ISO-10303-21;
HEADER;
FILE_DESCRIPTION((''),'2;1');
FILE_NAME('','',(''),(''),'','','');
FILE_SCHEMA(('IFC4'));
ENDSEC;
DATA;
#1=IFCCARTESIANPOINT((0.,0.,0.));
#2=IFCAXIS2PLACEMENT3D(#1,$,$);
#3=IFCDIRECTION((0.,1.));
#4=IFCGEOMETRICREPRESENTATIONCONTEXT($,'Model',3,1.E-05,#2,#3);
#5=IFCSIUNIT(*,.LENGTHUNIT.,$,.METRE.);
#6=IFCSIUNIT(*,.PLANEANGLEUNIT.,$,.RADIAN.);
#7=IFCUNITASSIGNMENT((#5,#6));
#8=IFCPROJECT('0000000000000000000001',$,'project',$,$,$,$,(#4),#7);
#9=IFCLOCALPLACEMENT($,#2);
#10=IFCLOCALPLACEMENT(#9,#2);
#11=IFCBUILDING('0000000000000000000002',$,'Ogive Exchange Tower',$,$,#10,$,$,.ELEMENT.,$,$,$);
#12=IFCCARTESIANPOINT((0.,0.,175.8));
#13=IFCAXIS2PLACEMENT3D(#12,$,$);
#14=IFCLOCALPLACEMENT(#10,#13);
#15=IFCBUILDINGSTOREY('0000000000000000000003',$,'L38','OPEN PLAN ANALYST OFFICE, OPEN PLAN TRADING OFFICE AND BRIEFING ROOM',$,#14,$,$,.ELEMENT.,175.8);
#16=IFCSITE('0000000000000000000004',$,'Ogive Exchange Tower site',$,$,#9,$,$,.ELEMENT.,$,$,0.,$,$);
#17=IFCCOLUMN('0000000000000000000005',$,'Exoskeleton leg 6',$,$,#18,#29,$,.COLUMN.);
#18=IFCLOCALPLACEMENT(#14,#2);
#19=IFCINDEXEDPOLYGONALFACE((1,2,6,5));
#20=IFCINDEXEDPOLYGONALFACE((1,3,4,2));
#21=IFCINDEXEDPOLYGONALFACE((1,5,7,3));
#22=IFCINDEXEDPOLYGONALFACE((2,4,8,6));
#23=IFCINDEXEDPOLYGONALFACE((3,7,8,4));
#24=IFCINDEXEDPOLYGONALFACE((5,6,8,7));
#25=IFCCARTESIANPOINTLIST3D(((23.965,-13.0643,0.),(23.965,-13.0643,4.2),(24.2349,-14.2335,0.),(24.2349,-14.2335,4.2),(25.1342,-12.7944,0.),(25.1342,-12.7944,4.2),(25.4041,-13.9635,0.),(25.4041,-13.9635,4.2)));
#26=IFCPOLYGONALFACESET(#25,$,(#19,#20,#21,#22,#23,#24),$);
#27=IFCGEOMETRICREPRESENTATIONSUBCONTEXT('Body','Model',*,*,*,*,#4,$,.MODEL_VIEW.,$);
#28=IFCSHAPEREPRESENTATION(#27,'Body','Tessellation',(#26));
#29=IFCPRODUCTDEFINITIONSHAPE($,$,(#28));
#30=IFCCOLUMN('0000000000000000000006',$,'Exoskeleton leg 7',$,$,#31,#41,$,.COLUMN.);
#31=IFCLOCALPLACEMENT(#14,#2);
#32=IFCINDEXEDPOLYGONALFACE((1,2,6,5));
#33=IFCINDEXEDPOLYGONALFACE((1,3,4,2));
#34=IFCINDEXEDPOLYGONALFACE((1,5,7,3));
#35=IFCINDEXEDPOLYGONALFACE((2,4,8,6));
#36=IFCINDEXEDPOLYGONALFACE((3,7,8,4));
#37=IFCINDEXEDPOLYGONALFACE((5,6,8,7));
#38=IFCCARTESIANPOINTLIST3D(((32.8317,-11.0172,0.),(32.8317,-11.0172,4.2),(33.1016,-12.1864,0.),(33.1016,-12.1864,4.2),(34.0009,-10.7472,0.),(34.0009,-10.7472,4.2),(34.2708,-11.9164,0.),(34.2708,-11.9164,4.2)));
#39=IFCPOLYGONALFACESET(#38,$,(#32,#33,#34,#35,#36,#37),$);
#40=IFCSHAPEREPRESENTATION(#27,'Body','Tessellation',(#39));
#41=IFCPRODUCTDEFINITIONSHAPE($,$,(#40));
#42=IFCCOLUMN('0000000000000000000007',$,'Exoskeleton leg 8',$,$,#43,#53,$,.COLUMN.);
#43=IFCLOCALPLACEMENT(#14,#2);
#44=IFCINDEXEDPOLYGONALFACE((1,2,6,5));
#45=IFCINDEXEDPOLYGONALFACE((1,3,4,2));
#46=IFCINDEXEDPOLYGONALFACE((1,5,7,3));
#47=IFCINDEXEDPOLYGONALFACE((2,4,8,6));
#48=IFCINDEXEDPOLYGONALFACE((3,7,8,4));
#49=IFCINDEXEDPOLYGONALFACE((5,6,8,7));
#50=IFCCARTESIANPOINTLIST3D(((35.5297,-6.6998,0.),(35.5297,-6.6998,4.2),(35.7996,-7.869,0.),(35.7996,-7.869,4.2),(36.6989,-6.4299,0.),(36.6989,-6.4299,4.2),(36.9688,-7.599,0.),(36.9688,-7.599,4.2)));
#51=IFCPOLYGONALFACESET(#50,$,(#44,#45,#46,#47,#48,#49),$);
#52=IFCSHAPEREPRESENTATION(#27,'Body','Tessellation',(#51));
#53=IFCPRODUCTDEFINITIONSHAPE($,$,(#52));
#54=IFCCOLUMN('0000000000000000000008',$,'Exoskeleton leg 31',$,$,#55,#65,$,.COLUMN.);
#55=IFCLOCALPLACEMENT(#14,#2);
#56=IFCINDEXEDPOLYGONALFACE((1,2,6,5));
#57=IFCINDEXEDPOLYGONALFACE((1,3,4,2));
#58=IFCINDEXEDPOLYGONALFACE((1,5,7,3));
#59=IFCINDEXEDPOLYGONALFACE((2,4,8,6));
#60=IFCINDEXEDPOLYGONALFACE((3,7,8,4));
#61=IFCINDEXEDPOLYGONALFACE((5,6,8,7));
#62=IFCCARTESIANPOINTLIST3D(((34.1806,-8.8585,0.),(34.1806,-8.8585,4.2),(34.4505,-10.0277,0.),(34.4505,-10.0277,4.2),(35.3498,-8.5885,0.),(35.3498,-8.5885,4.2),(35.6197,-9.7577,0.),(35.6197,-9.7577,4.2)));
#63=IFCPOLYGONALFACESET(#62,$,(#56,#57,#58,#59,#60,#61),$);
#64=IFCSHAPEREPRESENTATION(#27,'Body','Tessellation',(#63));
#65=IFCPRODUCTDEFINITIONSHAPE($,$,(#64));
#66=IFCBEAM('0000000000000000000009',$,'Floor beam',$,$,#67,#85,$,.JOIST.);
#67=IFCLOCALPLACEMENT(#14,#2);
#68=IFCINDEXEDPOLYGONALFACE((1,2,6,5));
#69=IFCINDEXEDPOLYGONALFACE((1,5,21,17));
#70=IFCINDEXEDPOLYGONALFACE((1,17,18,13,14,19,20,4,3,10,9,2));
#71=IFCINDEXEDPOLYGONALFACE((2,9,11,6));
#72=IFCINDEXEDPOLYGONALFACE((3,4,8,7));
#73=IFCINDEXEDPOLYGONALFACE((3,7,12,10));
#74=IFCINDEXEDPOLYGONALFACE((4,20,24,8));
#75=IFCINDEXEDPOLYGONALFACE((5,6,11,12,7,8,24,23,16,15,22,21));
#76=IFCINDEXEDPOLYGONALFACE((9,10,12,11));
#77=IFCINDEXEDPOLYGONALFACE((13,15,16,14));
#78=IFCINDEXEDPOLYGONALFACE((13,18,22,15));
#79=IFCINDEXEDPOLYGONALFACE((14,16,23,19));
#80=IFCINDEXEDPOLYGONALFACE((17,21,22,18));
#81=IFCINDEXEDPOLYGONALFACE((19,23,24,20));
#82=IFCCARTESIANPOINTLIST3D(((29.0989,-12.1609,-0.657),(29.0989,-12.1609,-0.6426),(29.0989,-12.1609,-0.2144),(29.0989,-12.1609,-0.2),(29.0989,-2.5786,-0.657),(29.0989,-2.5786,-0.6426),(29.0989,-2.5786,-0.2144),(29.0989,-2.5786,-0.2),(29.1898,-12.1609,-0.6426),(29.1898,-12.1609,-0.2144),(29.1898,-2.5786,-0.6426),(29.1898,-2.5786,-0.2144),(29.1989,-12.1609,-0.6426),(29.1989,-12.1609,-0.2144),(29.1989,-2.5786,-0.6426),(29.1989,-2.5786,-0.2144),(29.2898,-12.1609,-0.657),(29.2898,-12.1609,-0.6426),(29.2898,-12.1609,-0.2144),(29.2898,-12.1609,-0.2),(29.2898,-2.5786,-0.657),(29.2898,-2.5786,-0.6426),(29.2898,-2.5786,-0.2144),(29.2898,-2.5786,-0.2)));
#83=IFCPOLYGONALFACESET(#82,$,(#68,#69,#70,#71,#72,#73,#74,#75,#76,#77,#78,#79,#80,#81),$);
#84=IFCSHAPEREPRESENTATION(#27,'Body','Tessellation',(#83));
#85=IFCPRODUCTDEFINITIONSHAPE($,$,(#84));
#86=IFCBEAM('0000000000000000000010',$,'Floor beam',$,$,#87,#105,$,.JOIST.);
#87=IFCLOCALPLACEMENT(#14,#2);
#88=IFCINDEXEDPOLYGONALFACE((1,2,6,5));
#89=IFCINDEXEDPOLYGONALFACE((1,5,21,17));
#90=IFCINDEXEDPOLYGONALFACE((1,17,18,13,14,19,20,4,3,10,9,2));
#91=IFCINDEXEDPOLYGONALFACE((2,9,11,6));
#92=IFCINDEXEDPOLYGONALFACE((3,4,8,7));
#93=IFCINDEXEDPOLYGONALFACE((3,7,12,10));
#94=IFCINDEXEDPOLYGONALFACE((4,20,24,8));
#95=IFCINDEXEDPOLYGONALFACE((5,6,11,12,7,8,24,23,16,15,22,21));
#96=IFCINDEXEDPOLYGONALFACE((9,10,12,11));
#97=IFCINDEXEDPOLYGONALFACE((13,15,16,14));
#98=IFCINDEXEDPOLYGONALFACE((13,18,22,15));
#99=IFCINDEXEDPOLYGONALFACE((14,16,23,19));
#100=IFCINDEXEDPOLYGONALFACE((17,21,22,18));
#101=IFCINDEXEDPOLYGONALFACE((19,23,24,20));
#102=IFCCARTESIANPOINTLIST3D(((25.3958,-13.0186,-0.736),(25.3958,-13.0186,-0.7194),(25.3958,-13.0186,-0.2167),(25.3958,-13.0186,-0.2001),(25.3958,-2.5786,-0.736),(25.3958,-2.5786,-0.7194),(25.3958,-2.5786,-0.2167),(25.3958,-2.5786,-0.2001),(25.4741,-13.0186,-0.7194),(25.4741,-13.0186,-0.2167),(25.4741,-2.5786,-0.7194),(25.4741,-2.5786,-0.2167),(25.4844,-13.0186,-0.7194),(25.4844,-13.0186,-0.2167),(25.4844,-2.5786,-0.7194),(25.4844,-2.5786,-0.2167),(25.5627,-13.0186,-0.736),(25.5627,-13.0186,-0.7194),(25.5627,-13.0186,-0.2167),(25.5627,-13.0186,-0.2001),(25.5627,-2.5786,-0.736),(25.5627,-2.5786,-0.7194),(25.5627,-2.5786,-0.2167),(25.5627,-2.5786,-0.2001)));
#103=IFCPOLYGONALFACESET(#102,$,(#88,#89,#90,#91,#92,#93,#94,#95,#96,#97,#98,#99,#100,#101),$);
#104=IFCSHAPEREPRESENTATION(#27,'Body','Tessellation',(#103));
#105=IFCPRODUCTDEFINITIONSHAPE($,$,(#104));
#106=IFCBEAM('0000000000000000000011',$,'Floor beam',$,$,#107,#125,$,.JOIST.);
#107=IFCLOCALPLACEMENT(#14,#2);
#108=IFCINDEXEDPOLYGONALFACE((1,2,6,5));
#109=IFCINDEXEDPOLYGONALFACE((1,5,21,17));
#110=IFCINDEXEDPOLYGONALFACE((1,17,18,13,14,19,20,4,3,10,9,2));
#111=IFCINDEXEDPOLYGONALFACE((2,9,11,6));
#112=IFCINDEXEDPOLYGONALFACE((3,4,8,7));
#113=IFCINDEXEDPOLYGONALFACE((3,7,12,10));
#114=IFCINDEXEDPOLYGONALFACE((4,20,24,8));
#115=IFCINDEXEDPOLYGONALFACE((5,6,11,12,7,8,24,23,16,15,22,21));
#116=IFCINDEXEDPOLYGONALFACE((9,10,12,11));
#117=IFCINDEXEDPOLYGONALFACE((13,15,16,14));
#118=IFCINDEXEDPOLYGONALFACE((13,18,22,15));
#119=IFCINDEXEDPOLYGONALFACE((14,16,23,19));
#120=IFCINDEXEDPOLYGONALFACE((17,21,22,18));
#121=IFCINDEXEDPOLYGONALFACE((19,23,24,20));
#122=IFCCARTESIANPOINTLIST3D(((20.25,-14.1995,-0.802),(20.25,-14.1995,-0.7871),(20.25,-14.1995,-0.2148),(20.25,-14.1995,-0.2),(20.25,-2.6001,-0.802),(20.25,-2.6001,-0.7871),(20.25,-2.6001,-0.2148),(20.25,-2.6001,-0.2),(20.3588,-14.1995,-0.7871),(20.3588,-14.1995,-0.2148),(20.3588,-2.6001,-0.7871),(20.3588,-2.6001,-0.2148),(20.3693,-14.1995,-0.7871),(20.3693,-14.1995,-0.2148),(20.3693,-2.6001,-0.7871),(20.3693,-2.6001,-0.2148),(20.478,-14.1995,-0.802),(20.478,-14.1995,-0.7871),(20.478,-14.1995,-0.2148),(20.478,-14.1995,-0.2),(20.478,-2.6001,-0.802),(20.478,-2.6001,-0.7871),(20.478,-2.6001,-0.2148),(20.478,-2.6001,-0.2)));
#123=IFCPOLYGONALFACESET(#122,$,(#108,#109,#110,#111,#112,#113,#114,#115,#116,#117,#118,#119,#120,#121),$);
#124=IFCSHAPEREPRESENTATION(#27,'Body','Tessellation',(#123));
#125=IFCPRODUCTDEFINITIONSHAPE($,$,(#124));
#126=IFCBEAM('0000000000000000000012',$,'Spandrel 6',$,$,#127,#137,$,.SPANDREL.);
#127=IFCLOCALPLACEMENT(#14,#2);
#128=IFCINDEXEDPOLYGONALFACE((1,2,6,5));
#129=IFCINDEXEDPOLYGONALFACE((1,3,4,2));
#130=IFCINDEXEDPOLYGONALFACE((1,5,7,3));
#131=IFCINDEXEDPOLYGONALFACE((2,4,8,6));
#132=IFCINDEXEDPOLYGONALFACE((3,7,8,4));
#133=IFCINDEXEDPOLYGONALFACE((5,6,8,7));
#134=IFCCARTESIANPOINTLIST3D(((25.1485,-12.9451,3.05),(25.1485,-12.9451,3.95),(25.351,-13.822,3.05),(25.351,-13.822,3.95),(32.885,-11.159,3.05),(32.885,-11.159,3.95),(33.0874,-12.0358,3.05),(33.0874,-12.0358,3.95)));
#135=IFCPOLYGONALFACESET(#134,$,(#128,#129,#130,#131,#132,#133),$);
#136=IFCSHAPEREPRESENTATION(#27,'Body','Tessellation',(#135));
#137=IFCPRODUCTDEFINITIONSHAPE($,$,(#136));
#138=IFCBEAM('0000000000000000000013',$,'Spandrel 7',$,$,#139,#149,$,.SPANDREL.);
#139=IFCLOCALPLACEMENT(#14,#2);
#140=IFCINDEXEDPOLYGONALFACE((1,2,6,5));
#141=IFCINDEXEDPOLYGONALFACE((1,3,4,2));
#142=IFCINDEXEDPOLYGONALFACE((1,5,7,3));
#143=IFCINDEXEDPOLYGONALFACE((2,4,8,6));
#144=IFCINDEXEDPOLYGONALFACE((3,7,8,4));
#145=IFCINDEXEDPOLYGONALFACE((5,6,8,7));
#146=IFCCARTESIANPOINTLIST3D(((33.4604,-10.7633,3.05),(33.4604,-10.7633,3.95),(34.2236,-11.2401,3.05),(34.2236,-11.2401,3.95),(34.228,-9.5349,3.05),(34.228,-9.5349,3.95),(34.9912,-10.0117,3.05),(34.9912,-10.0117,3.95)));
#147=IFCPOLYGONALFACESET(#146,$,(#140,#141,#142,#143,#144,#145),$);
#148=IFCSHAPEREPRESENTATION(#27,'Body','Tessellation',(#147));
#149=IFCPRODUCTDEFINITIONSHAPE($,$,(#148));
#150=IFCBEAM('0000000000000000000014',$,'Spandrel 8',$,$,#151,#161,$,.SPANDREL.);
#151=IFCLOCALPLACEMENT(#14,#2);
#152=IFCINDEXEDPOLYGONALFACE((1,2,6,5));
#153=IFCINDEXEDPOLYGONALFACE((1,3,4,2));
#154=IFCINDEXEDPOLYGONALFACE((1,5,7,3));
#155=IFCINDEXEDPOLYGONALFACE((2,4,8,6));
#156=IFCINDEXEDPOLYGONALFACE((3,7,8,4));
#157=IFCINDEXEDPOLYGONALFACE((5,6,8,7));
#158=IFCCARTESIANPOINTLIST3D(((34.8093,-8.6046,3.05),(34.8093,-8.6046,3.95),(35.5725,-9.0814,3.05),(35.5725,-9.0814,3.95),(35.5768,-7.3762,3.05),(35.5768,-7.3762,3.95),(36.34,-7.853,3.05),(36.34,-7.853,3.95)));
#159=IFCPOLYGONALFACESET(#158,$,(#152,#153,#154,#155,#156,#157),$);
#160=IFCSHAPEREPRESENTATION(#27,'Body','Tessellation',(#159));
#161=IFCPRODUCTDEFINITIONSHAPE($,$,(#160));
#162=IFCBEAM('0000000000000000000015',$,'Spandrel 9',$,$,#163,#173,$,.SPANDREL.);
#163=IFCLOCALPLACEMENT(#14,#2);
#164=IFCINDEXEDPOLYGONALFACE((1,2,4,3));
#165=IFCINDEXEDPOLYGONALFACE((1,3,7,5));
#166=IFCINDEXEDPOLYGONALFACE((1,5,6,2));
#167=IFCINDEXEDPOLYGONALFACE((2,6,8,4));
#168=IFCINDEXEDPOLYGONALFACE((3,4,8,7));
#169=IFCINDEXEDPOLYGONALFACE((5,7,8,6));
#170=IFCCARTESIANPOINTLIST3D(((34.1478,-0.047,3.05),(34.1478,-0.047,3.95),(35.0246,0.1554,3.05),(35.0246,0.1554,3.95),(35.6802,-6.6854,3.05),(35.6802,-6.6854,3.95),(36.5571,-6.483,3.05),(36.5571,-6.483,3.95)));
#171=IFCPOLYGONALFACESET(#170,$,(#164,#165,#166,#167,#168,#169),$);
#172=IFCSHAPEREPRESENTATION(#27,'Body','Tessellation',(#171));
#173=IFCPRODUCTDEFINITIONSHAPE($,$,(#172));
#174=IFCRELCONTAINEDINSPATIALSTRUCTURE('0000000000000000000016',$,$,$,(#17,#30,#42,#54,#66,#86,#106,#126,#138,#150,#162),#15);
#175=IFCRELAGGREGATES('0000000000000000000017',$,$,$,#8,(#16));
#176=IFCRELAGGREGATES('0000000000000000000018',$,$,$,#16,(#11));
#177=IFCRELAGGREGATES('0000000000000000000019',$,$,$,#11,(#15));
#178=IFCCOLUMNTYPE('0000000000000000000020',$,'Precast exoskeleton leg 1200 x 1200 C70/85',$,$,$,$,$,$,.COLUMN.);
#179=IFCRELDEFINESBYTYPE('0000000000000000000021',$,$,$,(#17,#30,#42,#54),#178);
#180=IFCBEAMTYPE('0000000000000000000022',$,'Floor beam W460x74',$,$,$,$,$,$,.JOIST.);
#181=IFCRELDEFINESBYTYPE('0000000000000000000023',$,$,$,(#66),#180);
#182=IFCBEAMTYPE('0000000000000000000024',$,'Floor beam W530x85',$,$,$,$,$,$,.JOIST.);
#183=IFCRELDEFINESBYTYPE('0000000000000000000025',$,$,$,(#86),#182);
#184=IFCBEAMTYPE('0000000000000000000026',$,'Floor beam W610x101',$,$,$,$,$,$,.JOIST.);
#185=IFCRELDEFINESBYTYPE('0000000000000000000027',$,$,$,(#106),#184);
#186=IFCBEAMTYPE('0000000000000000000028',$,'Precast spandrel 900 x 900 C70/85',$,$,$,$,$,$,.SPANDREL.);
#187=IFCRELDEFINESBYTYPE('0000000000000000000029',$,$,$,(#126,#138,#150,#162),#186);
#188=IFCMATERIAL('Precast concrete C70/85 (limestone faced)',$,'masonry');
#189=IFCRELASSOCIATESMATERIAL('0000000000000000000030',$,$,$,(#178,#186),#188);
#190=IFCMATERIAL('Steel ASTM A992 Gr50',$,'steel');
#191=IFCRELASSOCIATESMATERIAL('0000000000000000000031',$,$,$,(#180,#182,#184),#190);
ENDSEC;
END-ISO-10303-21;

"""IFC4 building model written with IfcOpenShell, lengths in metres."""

from ifc_helpers import new_model, si_unit, direction, frame, origin, origin_2d, place, context, subcontext, project, spatial, rectangle, i_section, extrude, material, material_profile, profile_set, type_object, element, save


model = new_model("IFC4")

# Units and contexts
model_context = context("Model", 3, precision=1e-05, world=origin(), true_north=direction((0.0, 1.0)))
body_context = subcontext(model_context, "Body", "Model", "MODEL_VIEW")
ifc_project = project(units=[si_unit("LENGTHUNIT", "METRE"), si_unit("PLANEANGLEUNIT", "RADIAN")], contexts=[model_context])

# Site, building, storey
site_placement = place(None, origin())
site = spatial("IfcSite", under=ifc_project, at=site_placement, Name="Ogive Exchange Tower site", CompositionType="ELEMENT", RefElevation=0.0)
building_placement = place(site_placement, origin())
building = spatial("IfcBuilding", under=site, at=building_placement, Name="Ogive Exchange Tower", CompositionType="ELEMENT")
storey_placement = place(building_placement, frame((0.0, 0.0, 175.8)))
storey = spatial("IfcBuildingStorey", under=building, at=storey_placement, Name="L38", Description="OPEN PLAN ANALYST OFFICE, OPEN PLAN TRADING OFFICE AND BRIEFING ROOM", CompositionType="ELEMENT", Elevation=175.8)

# Columns
ifc_material_1 = material(Name="Precast concrete C70/85 (limestone faced)", Category="masonry")
ifc_material_profile_1 = material_profile(ifc_material_1, rectangle(XDim=1.2, YDim=1.2, at=origin_2d()), Name="1200 x 1200")
ifc_profile_set_1 = profile_set([ifc_material_profile_1], Name="Precast concrete C70/85 (limestone faced)")
column_type = type_object("IfcColumnType", Name="Precast exoskeleton leg 1200 x 1200 C70/85", PredefinedType="COLUMN", material=ifc_profile_set_1)
for number, where, z_axis, x_axis, name in (
    (1, (24.6846, -13.5139, 0.0), (0.0, 0.0, 1.0), (0.97437, 0.224951, 0.0), "Exoskeleton leg 6"),
    (2, (33.5513, -11.4668, 0.0), (0.0, 0.0, 1.0), (0.97437, 0.224951, 0.0), "Exoskeleton leg 7"),
    (3, (36.2493, -7.1494, 0.0), (0.0, 0.0, 1.0), (0.97437, 0.224951, 0.0), "Exoskeleton leg 8"),
    (4, (34.9001, -9.3081, 0.0), (0.0, 0.0, 1.0), (0.97437, 0.224951, 0.0), "Exoskeleton leg 31"),
):
    element("IfcColumn", number, at=place(storey_placement, frame(where, z_axis=z_axis, x_axis=x_axis)), inside=storey, type_object=column_type, Name=name, PredefinedType="COLUMN", context=body_context, shape_type="SweptSolid", body=[
        extrude(rectangle(XDim=1.2, YDim=1.2, at=origin_2d()), origin(), (0.0, 0.0, 1.0), 4.2),
    ])

# Beams
ifc_material_2 = material(Name="Steel ASTM A992 Gr50", Category="steel")
ifc_material_profile_2 = material_profile(ifc_material_2, i_section(OverallWidth=0.1909, OverallDepth=0.457, WebThickness=0.009, FlangeThickness=0.0144, at=origin_2d()), Name="W460x74")
ifc_profile_set_2 = profile_set([ifc_material_profile_2], Name="Steel ASTM A992 Gr50")
beam_type_1 = type_object("IfcBeamType", Name="Floor beam W460x74", PredefinedType="JOIST", material=ifc_profile_set_2)
beam_1_placement = place(storey_placement, frame((29.1943, -12.1609, -0.4285), z_axis=(0.0, 1.0, 0.0), x_axis=(-1.0, 0.0, 0.0)))
element("IfcBeam", 5, at=beam_1_placement, inside=storey, type_object=beam_type_1, Name="Floor beam", PredefinedType="JOIST", context=body_context, shape_type="SweptSolid", body=[
    extrude(i_section(OverallWidth=0.1909, OverallDepth=0.457, WebThickness=0.009, FlangeThickness=0.0144, at=origin_2d()), origin(), (0.0, 0.0, 1.0), 9.5823),
])
ifc_material_profile_3 = material_profile(ifc_material_2, i_section(OverallWidth=0.167, OverallDepth=0.5359, WebThickness=0.0103, FlangeThickness=0.0166, at=origin_2d()), Name="W530x85")
ifc_profile_set_3 = profile_set([ifc_material_profile_3], Name="Steel ASTM A992 Gr50")
beam_type_2 = type_object("IfcBeamType", Name="Floor beam W530x85", PredefinedType="JOIST", material=ifc_profile_set_3)
beam_2_placement = place(storey_placement, frame((25.4792, -13.0186, -0.468), z_axis=(0.0, 1.0, 0.0), x_axis=(-1.0, 0.0, 0.0)))
element("IfcBeam", 6, at=beam_2_placement, inside=storey, type_object=beam_type_2, Name="Floor beam", PredefinedType="JOIST", context=body_context, shape_type="SweptSolid", body=[
    extrude(i_section(OverallWidth=0.167, OverallDepth=0.5359, WebThickness=0.0103, FlangeThickness=0.0166, at=origin_2d()), origin(), (0.0, 0.0, 1.0), 10.4399),
])
ifc_material_profile_4 = material_profile(ifc_material_2, i_section(OverallWidth=0.228, OverallDepth=0.6021, WebThickness=0.0105, FlangeThickness=0.0149, at=origin_2d()), Name="W610x101")
ifc_profile_set_4 = profile_set([ifc_material_profile_4], Name="Steel ASTM A992 Gr50")
beam_type_3 = type_object("IfcBeamType", Name="Floor beam W610x101", PredefinedType="JOIST", material=ifc_profile_set_4)
beam_3_placement = place(storey_placement, frame((20.364, -14.1995, -0.501), z_axis=(0.0, 1.0, 0.0), x_axis=(-1.0, 0.0, 0.0)))
element("IfcBeam", 7, at=beam_3_placement, inside=storey, type_object=beam_type_3, Name="Floor beam", PredefinedType="JOIST", context=body_context, shape_type="SweptSolid", body=[
    extrude(i_section(OverallWidth=0.228, OverallDepth=0.6021, WebThickness=0.0105, FlangeThickness=0.0149, at=origin_2d()), origin(), (0.0, 0.0, 1.0), 11.5994),
])
ifc_material_profile_5 = material_profile(ifc_material_1, rectangle(XDim=0.8999, YDim=0.8999, at=origin_2d()), Name="900 x 900")
ifc_profile_set_5 = profile_set([ifc_material_profile_5], Name="Precast concrete C70/85 (limestone faced)")
beam_type_4 = type_object("IfcBeamType", Name="Precast spandrel 900 x 900 C70/85", PredefinedType="SPANDREL", material=ifc_profile_set_5)
beam_4_placement = place(storey_placement, frame((25.2498, -13.3835, 3.5), z_axis=(0.974368, 0.224958, 0.0), x_axis=(-0.224958, 0.974368, 0.0)))
element("IfcBeam", 8, at=beam_4_placement, inside=storey, type_object=beam_type_4, Name="Spandrel 6", PredefinedType="SPANDREL", context=body_context, shape_type="SweptSolid", body=[
    extrude(rectangle(XDim=0.8999, YDim=0.8999, at=origin_2d()), origin(), (0.0, 0.0, 1.0), 7.9399),
])
for number, where, z_axis, x_axis, name in (
    (9, (33.842, -11.0017, 3.5), (0.529878, 0.848074, 0.0), (-0.848074, 0.529878, 0.0), "Spandrel 7"),
    (10, (35.1909, -8.843, 3.5), (0.529878, 0.848074, 0.0), (-0.848074, 0.529878, 0.0), "Spandrel 8"),
):
    element("IfcBeam", number, at=place(storey_placement, frame(where, z_axis=z_axis, x_axis=x_axis)), inside=storey, type_object=beam_type_4, Name=name, PredefinedType="SPANDREL", context=body_context, shape_type="SweptSolid", body=[
        extrude(rectangle(XDim=0.8999, YDim=0.8999, at=origin_2d()), origin(), (0.0, 0.0, 1.0), 1.4485),
    ])
beam_5_placement = place(storey_placement, frame((36.1187, -6.5842, 3.5), z_axis=(-0.224933, 0.974374, 0.0), x_axis=(-0.974374, -0.224933, 0.0)))
element("IfcBeam", 11, at=beam_5_placement, inside=storey, type_object=beam_type_4, Name="Spandrel 9", PredefinedType="SPANDREL", context=body_context, shape_type="SweptSolid", body=[
    extrude(rectangle(XDim=0.8999, YDim=0.8999, at=origin_2d()), origin(), (0.0, 0.0, 1.0), 6.813),
])

save(model, "model.ifc")
